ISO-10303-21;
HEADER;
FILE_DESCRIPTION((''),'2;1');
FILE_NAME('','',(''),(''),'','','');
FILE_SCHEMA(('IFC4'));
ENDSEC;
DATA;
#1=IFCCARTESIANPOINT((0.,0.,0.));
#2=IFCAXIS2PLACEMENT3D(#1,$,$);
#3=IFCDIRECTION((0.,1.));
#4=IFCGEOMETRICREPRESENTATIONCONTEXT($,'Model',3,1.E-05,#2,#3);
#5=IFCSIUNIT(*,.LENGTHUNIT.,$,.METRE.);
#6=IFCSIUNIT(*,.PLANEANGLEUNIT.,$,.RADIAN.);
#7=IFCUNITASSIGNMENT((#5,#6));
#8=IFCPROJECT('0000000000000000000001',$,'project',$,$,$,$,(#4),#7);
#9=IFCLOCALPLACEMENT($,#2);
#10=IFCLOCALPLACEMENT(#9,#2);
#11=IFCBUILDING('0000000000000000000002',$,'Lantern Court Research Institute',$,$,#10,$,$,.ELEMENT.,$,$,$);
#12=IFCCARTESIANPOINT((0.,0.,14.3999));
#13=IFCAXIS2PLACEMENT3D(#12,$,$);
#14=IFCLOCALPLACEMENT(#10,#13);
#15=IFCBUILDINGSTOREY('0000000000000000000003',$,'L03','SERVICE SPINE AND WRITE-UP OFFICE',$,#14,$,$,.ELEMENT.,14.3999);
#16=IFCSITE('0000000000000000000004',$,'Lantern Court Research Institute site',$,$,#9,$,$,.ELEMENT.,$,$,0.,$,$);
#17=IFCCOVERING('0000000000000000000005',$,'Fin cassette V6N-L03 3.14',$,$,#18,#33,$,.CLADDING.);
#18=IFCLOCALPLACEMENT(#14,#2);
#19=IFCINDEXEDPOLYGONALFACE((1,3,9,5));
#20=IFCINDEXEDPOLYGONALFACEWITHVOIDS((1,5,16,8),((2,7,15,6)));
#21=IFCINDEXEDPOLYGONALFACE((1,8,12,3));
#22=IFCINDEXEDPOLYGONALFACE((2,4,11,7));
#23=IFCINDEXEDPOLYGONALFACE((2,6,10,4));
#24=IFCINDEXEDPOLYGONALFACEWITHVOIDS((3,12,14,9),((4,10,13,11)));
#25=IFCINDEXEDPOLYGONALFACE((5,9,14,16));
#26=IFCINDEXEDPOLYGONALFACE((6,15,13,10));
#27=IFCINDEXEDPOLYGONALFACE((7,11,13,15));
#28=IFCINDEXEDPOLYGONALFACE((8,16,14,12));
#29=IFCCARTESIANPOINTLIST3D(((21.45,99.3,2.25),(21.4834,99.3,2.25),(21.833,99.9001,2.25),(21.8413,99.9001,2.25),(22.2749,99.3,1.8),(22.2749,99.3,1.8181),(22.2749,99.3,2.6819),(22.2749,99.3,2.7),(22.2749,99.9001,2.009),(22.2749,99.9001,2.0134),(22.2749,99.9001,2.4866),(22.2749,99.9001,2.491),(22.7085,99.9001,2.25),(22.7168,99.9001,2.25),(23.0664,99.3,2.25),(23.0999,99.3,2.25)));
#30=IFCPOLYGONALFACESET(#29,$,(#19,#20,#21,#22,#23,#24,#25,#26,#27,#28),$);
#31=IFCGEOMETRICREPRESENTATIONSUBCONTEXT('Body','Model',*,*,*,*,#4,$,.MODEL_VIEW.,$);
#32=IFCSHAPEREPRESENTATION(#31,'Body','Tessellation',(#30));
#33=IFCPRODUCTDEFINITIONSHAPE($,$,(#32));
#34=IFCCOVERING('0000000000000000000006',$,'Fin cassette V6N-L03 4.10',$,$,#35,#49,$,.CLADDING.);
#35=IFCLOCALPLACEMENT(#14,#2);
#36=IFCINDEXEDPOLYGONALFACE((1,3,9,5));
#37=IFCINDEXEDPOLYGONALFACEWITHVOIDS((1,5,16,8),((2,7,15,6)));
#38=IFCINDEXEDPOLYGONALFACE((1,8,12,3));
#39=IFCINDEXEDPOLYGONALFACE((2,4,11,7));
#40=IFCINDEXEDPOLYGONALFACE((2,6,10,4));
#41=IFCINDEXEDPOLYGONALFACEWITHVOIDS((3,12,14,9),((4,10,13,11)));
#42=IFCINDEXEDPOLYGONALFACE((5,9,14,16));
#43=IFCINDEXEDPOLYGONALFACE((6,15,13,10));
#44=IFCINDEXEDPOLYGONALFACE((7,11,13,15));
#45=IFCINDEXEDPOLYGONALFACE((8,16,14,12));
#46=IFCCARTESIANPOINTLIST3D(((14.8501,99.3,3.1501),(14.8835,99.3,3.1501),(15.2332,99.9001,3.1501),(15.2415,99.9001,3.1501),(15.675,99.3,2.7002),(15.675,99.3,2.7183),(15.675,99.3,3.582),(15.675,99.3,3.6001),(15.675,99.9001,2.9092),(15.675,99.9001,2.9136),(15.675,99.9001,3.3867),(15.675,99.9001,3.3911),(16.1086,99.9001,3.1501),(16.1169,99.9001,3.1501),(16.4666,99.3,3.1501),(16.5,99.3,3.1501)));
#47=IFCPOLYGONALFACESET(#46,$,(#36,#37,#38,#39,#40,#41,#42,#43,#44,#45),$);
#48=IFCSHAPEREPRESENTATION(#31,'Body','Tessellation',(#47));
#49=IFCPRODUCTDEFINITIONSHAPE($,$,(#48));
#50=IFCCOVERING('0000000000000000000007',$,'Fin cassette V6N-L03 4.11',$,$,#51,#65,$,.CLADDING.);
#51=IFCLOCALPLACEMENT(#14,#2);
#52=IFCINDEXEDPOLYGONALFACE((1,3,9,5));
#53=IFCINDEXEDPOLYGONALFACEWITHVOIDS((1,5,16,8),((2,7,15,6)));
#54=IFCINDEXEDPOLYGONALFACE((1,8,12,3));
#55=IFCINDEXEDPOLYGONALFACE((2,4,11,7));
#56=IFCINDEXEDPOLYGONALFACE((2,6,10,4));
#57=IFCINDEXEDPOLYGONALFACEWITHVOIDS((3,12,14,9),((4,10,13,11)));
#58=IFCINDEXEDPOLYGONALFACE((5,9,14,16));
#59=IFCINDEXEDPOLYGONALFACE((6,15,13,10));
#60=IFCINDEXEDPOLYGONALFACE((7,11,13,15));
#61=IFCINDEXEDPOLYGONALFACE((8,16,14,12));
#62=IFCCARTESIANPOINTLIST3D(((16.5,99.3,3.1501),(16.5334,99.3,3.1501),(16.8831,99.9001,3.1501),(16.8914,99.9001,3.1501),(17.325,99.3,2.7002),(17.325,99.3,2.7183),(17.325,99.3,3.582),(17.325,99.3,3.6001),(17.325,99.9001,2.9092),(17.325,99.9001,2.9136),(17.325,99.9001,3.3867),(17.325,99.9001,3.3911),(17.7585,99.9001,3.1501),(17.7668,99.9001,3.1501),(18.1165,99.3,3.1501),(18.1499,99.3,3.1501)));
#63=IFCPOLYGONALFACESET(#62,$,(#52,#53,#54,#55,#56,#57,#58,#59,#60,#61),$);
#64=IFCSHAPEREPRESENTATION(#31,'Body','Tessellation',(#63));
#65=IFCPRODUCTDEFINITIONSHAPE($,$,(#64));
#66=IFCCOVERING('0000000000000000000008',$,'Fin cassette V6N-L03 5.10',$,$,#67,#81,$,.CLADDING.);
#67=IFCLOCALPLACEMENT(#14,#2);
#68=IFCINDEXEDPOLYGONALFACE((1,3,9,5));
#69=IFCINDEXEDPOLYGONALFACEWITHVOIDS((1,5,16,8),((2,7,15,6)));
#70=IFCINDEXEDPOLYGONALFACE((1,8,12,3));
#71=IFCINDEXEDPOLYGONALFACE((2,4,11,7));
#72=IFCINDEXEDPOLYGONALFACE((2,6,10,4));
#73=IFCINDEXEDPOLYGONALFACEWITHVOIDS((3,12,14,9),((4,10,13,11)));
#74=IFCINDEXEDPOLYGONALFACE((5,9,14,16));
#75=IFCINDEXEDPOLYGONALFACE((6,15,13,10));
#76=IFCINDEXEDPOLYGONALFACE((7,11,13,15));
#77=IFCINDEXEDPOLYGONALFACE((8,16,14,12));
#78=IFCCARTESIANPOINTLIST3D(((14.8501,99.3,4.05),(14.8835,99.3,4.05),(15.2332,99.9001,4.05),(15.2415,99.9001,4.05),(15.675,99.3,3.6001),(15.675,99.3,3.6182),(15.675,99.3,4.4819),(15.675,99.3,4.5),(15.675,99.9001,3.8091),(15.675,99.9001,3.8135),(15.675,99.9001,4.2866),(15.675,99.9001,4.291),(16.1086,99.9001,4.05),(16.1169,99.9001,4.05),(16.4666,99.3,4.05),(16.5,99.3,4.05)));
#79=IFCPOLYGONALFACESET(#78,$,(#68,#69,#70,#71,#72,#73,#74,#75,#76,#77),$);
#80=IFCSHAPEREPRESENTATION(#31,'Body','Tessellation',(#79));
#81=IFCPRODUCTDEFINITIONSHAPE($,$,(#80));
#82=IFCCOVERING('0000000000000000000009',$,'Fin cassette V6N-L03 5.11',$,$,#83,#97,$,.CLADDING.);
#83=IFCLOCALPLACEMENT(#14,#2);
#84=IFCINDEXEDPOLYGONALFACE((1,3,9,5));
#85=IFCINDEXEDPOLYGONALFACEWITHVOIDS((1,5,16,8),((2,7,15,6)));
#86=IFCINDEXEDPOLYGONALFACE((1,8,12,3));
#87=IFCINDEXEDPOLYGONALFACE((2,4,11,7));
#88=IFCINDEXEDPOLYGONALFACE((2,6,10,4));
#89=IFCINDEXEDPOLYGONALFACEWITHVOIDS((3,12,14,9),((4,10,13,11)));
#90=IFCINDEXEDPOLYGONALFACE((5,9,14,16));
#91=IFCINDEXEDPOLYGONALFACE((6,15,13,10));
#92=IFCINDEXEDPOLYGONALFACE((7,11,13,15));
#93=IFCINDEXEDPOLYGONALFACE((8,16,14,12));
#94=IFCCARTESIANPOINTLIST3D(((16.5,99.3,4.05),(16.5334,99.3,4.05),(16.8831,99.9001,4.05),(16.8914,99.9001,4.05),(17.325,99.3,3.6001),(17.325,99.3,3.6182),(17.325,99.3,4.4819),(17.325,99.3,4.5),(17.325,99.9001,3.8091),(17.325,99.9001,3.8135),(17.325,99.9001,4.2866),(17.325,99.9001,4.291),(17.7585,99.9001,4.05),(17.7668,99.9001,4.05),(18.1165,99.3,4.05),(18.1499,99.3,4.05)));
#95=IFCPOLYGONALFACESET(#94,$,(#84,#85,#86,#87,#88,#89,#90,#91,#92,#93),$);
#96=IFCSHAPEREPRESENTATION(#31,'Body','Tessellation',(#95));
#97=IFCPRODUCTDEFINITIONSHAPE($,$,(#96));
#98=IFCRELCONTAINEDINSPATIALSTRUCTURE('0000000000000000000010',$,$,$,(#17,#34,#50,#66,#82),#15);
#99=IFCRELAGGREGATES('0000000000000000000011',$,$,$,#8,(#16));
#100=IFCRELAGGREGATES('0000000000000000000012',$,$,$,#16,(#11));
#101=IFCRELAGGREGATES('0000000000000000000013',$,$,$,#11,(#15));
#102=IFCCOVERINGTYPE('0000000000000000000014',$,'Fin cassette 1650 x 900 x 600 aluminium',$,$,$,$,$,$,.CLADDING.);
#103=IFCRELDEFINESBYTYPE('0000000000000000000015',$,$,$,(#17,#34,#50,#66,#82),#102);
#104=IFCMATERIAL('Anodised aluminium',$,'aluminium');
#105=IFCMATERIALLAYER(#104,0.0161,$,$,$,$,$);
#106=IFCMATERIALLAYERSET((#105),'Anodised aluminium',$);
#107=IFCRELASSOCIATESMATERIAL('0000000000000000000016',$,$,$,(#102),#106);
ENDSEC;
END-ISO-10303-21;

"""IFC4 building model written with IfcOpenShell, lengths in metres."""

from ifc_helpers import new_model, entity, si_unit, direction, frame, origin, place, context, subcontext, project, spatial, material, layer, layer_set, type_object, element, save


model = new_model("IFC4")

# Units and contexts
model_context = context("Model", 3, precision=1e-05, world=origin(), true_north=direction((0.0, 1.0)))
body_context = subcontext(model_context, "Body", "Model", "MODEL_VIEW")
ifc_project = project(units=[si_unit("LENGTHUNIT", "METRE"), si_unit("PLANEANGLEUNIT", "RADIAN")], contexts=[model_context])

# Site, building, storey
site_placement = place(None, origin())
site = spatial("IfcSite", under=ifc_project, at=site_placement, Name="Lantern Court Research Institute site", CompositionType="ELEMENT", RefElevation=0.0)
building_placement = place(site_placement, origin())
building = spatial("IfcBuilding", under=site, at=building_placement, Name="Lantern Court Research Institute", CompositionType="ELEMENT")
storey_placement = place(building_placement, frame((0.0, 0.0, 14.3999)))
storey = spatial("IfcBuildingStorey", under=building, at=storey_placement, Name="L03", Description="SERVICE SPINE AND WRITE-UP OFFICE", CompositionType="ELEMENT", Elevation=14.3999)

# Coverings
ifc_material_1 = material(Name="Anodised aluminium", Category="aluminium")
ifc_layer_1 = layer(ifc_material_1, 0.0161)
ifc_layer_set_1 = layer_set([ifc_layer_1], Name="Anodised aluminium")
covering_type_1 = type_object("IfcCoveringType", Name="Fin cassette 1650 x 900 x 600 aluminium", PredefinedType="CLADDING", material=ifc_layer_set_1)
covering_1_placement = place(storey_placement, frame((22.2749, 99.3, 2.25), z_axis=(0.0, 1.0, 0.0), x_axis=(-1.0, 0.0, 0.0)))
cartesian_point_1 = entity("IfcCartesianPoint", [0.825, 0.0])
cartesian_point_2 = entity("IfcCartesianPoint", [0.7915, 0.0])
cartesian_point_3 = entity("IfcCartesianPoint", [0.4419, 0.0])
cartesian_point_4 = entity("IfcCartesianPoint", [0.4336, 0.0])
element("IfcCovering", 1, at=covering_1_placement, inside=storey, type_object=covering_type_1, Name="Fin cassette V6N-L03 3.14", PredefinedType="CLADDING", context=body_context, shape_type="SweptSolid", body=[
    entity("IfcExtrudedAreaSolidTapered", entity("IfcArbitraryProfileDefWithVoids", "AREA", None, entity("IfcPolyline", [cartesian_point_1, entity("IfcCartesianPoint", [0.0, 0.45]), entity("IfcCartesianPoint", [-0.825, 0.0]), entity("IfcCartesianPoint", [0.0, -0.45]), cartesian_point_1]), [entity("IfcPolyline", [cartesian_point_2, entity("IfcCartesianPoint", [0.0, 0.4319]), entity("IfcCartesianPoint", [-0.7915, 0.0]), entity("IfcCartesianPoint", [0.0, -0.4319]), cartesian_point_2])]), entity("IfcAxis2Placement3D", entity("IfcCartesianPoint", [0.0, 0.0, 0.0])), entity("IfcDirection", [0.0, 0.0, 1.0]), 0.6001, entity("IfcArbitraryProfileDefWithVoids", "AREA", None, entity("IfcPolyline", [cartesian_point_3, entity("IfcCartesianPoint", [0.0, 0.241]), entity("IfcCartesianPoint", [-0.4419, 0.0]), entity("IfcCartesianPoint", [0.0, -0.241]), cartesian_point_3]), [entity("IfcPolyline", [cartesian_point_4, entity("IfcCartesianPoint", [0.0, 0.2366]), entity("IfcCartesianPoint", [-0.4336, 0.0]), entity("IfcCartesianPoint", [0.0, -0.2366]), cartesian_point_4])])),
])
covering_2_placement = place(storey_placement, frame((15.675, 99.3, 3.1501), z_axis=(0.0, 1.0, 0.0), x_axis=(-1.0, 0.0, 0.0)))
cartesian_point_5 = entity("IfcCartesianPoint", [0.825, 0.0])
cartesian_point_6 = entity("IfcCartesianPoint", [0.7915, 0.0])
cartesian_point_7 = entity("IfcCartesianPoint", [0.4419, 0.0])
cartesian_point_8 = entity("IfcCartesianPoint", [0.4336, 0.0])
element("IfcCovering", 2, at=covering_2_placement, inside=storey, type_object=covering_type_1, Name="Fin cassette V6N-L03 4.10", PredefinedType="CLADDING", context=body_context, shape_type="SweptSolid", body=[
    entity("IfcExtrudedAreaSolidTapered", entity("IfcArbitraryProfileDefWithVoids", "AREA", None, entity("IfcPolyline", [cartesian_point_5, entity("IfcCartesianPoint", [0.0, 0.45]), entity("IfcCartesianPoint", [-0.825, 0.0]), entity("IfcCartesianPoint", [0.0, -0.45]), cartesian_point_5]), [entity("IfcPolyline", [cartesian_point_6, entity("IfcCartesianPoint", [0.0, 0.4319]), entity("IfcCartesianPoint", [-0.7915, 0.0]), entity("IfcCartesianPoint", [0.0, -0.4319]), cartesian_point_6])]), entity("IfcAxis2Placement3D", entity("IfcCartesianPoint", [0.0, 0.0, 0.0])), entity("IfcDirection", [0.0, 0.0, 1.0]), 0.6001, entity("IfcArbitraryProfileDefWithVoids", "AREA", None, entity("IfcPolyline", [cartesian_point_7, entity("IfcCartesianPoint", [0.0, 0.241]), entity("IfcCartesianPoint", [-0.4419, 0.0]), entity("IfcCartesianPoint", [0.0, -0.241]), cartesian_point_7]), [entity("IfcPolyline", [cartesian_point_8, entity("IfcCartesianPoint", [0.0, 0.2366]), entity("IfcCartesianPoint", [-0.4336, 0.0]), entity("IfcCartesianPoint", [0.0, -0.2366]), cartesian_point_8])])),
])
covering_3_placement = place(storey_placement, frame((17.325, 99.3, 3.1501), z_axis=(0.0, 1.0, 0.0), x_axis=(-1.0, 0.0, 0.0)))
cartesian_point_9 = entity("IfcCartesianPoint", [0.825, 0.0])
cartesian_point_10 = entity("IfcCartesianPoint", [0.7915, 0.0])
cartesian_point_11 = entity("IfcCartesianPoint", [0.4419, 0.0])
cartesian_point_12 = entity("IfcCartesianPoint", [0.4336, 0.0])
element("IfcCovering", 3, at=covering_3_placement, inside=storey, type_object=covering_type_1, Name="Fin cassette V6N-L03 4.11", PredefinedType="CLADDING", context=body_context, shape_type="SweptSolid", body=[
    entity("IfcExtrudedAreaSolidTapered", entity("IfcArbitraryProfileDefWithVoids", "AREA", None, entity("IfcPolyline", [cartesian_point_9, entity("IfcCartesianPoint", [0.0, 0.45]), entity("IfcCartesianPoint", [-0.825, 0.0]), entity("IfcCartesianPoint", [0.0, -0.45]), cartesian_point_9]), [entity("IfcPolyline", [cartesian_point_10, entity("IfcCartesianPoint", [0.0, 0.4319]), entity("IfcCartesianPoint", [-0.7915, 0.0]), entity("IfcCartesianPoint", [0.0, -0.4319]), cartesian_point_10])]), entity("IfcAxis2Placement3D", entity("IfcCartesianPoint", [0.0, 0.0, 0.0])), entity("IfcDirection", [0.0, 0.0, 1.0]), 0.6001, entity("IfcArbitraryProfileDefWithVoids", "AREA", None, entity("IfcPolyline", [cartesian_point_11, entity("IfcCartesianPoint", [0.0, 0.241]), entity("IfcCartesianPoint", [-0.4419, 0.0]), entity("IfcCartesianPoint", [0.0, -0.241]), cartesian_point_11]), [entity("IfcPolyline", [cartesian_point_12, entity("IfcCartesianPoint", [0.0, 0.2366]), entity("IfcCartesianPoint", [-0.4336, 0.0]), entity("IfcCartesianPoint", [0.0, -0.2366]), cartesian_point_12])])),
])
covering_4_placement = place(storey_placement, frame((15.675, 99.3, 4.05), z_axis=(0.0, 1.0, 0.0), x_axis=(-1.0, 0.0, 0.0)))
cartesian_point_13 = entity("IfcCartesianPoint", [0.825, 0.0])
cartesian_point_14 = entity("IfcCartesianPoint", [0.7915, 0.0])
cartesian_point_15 = entity("IfcCartesianPoint", [0.4419, 0.0])
cartesian_point_16 = entity("IfcCartesianPoint", [0.4336, 0.0])
element("IfcCovering", 4, at=covering_4_placement, inside=storey, type_object=covering_type_1, Name="Fin cassette V6N-L03 5.10", PredefinedType="CLADDING", context=body_context, shape_type="SweptSolid", body=[
    entity("IfcExtrudedAreaSolidTapered", entity("IfcArbitraryProfileDefWithVoids", "AREA", None, entity("IfcPolyline", [cartesian_point_13, entity("IfcCartesianPoint", [0.0, 0.45]), entity("IfcCartesianPoint", [-0.825, 0.0]), entity("IfcCartesianPoint", [0.0, -0.45]), cartesian_point_13]), [entity("IfcPolyline", [cartesian_point_14, entity("IfcCartesianPoint", [0.0, 0.4319]), entity("IfcCartesianPoint", [-0.7915, 0.0]), entity("IfcCartesianPoint", [0.0, -0.4319]), cartesian_point_14])]), entity("IfcAxis2Placement3D", entity("IfcCartesianPoint", [0.0, 0.0, 0.0])), entity("IfcDirection", [0.0, 0.0, 1.0]), 0.6001, entity("IfcArbitraryProfileDefWithVoids", "AREA", None, entity("IfcPolyline", [cartesian_point_15, entity("IfcCartesianPoint", [0.0, 0.241]), entity("IfcCartesianPoint", [-0.4419, 0.0]), entity("IfcCartesianPoint", [0.0, -0.241]), cartesian_point_15]), [entity("IfcPolyline", [cartesian_point_16, entity("IfcCartesianPoint", [0.0, 0.2366]), entity("IfcCartesianPoint", [-0.4336, 0.0]), entity("IfcCartesianPoint", [0.0, -0.2366]), cartesian_point_16])])),
])
covering_5_placement = place(storey_placement, frame((17.325, 99.3, 4.05), z_axis=(0.0, 1.0, 0.0), x_axis=(-1.0, 0.0, 0.0)))
cartesian_point_17 = entity("IfcCartesianPoint", [0.825, 0.0])
cartesian_point_18 = entity("IfcCartesianPoint", [0.7915, 0.0])
cartesian_point_19 = entity("IfcCartesianPoint", [0.4419, 0.0])
cartesian_point_20 = entity("IfcCartesianPoint", [0.4336, 0.0])
element("IfcCovering", 5, at=covering_5_placement, inside=storey, type_object=covering_type_1, Name="Fin cassette V6N-L03 5.11", PredefinedType="CLADDING", context=body_context, shape_type="SweptSolid", body=[
    entity("IfcExtrudedAreaSolidTapered", entity("IfcArbitraryProfileDefWithVoids", "AREA", None, entity("IfcPolyline", [cartesian_point_17, entity("IfcCartesianPoint", [0.0, 0.45]), entity("IfcCartesianPoint", [-0.825, 0.0]), entity("IfcCartesianPoint", [0.0, -0.45]), cartesian_point_17]), [entity("IfcPolyline", [cartesian_point_18, entity("IfcCartesianPoint", [0.0, 0.4319]), entity("IfcCartesianPoint", [-0.7915, 0.0]), entity("IfcCartesianPoint", [0.0, -0.4319]), cartesian_point_18])]), entity("IfcAxis2Placement3D", entity("IfcCartesianPoint", [0.0, 0.0, 0.0])), entity("IfcDirection", [0.0, 0.0, 1.0]), 0.6001, entity("IfcArbitraryProfileDefWithVoids", "AREA", None, entity("IfcPolyline", [cartesian_point_19, entity("IfcCartesianPoint", [0.0, 0.241]), entity("IfcCartesianPoint", [-0.4419, 0.0]), entity("IfcCartesianPoint", [0.0, -0.241]), cartesian_point_19]), [entity("IfcPolyline", [cartesian_point_20, entity("IfcCartesianPoint", [0.0, 0.2366]), entity("IfcCartesianPoint", [-0.4336, 0.0]), entity("IfcCartesianPoint", [0.0, -0.2366]), cartesian_point_20])])),
])

save(model, "model.ifc")
